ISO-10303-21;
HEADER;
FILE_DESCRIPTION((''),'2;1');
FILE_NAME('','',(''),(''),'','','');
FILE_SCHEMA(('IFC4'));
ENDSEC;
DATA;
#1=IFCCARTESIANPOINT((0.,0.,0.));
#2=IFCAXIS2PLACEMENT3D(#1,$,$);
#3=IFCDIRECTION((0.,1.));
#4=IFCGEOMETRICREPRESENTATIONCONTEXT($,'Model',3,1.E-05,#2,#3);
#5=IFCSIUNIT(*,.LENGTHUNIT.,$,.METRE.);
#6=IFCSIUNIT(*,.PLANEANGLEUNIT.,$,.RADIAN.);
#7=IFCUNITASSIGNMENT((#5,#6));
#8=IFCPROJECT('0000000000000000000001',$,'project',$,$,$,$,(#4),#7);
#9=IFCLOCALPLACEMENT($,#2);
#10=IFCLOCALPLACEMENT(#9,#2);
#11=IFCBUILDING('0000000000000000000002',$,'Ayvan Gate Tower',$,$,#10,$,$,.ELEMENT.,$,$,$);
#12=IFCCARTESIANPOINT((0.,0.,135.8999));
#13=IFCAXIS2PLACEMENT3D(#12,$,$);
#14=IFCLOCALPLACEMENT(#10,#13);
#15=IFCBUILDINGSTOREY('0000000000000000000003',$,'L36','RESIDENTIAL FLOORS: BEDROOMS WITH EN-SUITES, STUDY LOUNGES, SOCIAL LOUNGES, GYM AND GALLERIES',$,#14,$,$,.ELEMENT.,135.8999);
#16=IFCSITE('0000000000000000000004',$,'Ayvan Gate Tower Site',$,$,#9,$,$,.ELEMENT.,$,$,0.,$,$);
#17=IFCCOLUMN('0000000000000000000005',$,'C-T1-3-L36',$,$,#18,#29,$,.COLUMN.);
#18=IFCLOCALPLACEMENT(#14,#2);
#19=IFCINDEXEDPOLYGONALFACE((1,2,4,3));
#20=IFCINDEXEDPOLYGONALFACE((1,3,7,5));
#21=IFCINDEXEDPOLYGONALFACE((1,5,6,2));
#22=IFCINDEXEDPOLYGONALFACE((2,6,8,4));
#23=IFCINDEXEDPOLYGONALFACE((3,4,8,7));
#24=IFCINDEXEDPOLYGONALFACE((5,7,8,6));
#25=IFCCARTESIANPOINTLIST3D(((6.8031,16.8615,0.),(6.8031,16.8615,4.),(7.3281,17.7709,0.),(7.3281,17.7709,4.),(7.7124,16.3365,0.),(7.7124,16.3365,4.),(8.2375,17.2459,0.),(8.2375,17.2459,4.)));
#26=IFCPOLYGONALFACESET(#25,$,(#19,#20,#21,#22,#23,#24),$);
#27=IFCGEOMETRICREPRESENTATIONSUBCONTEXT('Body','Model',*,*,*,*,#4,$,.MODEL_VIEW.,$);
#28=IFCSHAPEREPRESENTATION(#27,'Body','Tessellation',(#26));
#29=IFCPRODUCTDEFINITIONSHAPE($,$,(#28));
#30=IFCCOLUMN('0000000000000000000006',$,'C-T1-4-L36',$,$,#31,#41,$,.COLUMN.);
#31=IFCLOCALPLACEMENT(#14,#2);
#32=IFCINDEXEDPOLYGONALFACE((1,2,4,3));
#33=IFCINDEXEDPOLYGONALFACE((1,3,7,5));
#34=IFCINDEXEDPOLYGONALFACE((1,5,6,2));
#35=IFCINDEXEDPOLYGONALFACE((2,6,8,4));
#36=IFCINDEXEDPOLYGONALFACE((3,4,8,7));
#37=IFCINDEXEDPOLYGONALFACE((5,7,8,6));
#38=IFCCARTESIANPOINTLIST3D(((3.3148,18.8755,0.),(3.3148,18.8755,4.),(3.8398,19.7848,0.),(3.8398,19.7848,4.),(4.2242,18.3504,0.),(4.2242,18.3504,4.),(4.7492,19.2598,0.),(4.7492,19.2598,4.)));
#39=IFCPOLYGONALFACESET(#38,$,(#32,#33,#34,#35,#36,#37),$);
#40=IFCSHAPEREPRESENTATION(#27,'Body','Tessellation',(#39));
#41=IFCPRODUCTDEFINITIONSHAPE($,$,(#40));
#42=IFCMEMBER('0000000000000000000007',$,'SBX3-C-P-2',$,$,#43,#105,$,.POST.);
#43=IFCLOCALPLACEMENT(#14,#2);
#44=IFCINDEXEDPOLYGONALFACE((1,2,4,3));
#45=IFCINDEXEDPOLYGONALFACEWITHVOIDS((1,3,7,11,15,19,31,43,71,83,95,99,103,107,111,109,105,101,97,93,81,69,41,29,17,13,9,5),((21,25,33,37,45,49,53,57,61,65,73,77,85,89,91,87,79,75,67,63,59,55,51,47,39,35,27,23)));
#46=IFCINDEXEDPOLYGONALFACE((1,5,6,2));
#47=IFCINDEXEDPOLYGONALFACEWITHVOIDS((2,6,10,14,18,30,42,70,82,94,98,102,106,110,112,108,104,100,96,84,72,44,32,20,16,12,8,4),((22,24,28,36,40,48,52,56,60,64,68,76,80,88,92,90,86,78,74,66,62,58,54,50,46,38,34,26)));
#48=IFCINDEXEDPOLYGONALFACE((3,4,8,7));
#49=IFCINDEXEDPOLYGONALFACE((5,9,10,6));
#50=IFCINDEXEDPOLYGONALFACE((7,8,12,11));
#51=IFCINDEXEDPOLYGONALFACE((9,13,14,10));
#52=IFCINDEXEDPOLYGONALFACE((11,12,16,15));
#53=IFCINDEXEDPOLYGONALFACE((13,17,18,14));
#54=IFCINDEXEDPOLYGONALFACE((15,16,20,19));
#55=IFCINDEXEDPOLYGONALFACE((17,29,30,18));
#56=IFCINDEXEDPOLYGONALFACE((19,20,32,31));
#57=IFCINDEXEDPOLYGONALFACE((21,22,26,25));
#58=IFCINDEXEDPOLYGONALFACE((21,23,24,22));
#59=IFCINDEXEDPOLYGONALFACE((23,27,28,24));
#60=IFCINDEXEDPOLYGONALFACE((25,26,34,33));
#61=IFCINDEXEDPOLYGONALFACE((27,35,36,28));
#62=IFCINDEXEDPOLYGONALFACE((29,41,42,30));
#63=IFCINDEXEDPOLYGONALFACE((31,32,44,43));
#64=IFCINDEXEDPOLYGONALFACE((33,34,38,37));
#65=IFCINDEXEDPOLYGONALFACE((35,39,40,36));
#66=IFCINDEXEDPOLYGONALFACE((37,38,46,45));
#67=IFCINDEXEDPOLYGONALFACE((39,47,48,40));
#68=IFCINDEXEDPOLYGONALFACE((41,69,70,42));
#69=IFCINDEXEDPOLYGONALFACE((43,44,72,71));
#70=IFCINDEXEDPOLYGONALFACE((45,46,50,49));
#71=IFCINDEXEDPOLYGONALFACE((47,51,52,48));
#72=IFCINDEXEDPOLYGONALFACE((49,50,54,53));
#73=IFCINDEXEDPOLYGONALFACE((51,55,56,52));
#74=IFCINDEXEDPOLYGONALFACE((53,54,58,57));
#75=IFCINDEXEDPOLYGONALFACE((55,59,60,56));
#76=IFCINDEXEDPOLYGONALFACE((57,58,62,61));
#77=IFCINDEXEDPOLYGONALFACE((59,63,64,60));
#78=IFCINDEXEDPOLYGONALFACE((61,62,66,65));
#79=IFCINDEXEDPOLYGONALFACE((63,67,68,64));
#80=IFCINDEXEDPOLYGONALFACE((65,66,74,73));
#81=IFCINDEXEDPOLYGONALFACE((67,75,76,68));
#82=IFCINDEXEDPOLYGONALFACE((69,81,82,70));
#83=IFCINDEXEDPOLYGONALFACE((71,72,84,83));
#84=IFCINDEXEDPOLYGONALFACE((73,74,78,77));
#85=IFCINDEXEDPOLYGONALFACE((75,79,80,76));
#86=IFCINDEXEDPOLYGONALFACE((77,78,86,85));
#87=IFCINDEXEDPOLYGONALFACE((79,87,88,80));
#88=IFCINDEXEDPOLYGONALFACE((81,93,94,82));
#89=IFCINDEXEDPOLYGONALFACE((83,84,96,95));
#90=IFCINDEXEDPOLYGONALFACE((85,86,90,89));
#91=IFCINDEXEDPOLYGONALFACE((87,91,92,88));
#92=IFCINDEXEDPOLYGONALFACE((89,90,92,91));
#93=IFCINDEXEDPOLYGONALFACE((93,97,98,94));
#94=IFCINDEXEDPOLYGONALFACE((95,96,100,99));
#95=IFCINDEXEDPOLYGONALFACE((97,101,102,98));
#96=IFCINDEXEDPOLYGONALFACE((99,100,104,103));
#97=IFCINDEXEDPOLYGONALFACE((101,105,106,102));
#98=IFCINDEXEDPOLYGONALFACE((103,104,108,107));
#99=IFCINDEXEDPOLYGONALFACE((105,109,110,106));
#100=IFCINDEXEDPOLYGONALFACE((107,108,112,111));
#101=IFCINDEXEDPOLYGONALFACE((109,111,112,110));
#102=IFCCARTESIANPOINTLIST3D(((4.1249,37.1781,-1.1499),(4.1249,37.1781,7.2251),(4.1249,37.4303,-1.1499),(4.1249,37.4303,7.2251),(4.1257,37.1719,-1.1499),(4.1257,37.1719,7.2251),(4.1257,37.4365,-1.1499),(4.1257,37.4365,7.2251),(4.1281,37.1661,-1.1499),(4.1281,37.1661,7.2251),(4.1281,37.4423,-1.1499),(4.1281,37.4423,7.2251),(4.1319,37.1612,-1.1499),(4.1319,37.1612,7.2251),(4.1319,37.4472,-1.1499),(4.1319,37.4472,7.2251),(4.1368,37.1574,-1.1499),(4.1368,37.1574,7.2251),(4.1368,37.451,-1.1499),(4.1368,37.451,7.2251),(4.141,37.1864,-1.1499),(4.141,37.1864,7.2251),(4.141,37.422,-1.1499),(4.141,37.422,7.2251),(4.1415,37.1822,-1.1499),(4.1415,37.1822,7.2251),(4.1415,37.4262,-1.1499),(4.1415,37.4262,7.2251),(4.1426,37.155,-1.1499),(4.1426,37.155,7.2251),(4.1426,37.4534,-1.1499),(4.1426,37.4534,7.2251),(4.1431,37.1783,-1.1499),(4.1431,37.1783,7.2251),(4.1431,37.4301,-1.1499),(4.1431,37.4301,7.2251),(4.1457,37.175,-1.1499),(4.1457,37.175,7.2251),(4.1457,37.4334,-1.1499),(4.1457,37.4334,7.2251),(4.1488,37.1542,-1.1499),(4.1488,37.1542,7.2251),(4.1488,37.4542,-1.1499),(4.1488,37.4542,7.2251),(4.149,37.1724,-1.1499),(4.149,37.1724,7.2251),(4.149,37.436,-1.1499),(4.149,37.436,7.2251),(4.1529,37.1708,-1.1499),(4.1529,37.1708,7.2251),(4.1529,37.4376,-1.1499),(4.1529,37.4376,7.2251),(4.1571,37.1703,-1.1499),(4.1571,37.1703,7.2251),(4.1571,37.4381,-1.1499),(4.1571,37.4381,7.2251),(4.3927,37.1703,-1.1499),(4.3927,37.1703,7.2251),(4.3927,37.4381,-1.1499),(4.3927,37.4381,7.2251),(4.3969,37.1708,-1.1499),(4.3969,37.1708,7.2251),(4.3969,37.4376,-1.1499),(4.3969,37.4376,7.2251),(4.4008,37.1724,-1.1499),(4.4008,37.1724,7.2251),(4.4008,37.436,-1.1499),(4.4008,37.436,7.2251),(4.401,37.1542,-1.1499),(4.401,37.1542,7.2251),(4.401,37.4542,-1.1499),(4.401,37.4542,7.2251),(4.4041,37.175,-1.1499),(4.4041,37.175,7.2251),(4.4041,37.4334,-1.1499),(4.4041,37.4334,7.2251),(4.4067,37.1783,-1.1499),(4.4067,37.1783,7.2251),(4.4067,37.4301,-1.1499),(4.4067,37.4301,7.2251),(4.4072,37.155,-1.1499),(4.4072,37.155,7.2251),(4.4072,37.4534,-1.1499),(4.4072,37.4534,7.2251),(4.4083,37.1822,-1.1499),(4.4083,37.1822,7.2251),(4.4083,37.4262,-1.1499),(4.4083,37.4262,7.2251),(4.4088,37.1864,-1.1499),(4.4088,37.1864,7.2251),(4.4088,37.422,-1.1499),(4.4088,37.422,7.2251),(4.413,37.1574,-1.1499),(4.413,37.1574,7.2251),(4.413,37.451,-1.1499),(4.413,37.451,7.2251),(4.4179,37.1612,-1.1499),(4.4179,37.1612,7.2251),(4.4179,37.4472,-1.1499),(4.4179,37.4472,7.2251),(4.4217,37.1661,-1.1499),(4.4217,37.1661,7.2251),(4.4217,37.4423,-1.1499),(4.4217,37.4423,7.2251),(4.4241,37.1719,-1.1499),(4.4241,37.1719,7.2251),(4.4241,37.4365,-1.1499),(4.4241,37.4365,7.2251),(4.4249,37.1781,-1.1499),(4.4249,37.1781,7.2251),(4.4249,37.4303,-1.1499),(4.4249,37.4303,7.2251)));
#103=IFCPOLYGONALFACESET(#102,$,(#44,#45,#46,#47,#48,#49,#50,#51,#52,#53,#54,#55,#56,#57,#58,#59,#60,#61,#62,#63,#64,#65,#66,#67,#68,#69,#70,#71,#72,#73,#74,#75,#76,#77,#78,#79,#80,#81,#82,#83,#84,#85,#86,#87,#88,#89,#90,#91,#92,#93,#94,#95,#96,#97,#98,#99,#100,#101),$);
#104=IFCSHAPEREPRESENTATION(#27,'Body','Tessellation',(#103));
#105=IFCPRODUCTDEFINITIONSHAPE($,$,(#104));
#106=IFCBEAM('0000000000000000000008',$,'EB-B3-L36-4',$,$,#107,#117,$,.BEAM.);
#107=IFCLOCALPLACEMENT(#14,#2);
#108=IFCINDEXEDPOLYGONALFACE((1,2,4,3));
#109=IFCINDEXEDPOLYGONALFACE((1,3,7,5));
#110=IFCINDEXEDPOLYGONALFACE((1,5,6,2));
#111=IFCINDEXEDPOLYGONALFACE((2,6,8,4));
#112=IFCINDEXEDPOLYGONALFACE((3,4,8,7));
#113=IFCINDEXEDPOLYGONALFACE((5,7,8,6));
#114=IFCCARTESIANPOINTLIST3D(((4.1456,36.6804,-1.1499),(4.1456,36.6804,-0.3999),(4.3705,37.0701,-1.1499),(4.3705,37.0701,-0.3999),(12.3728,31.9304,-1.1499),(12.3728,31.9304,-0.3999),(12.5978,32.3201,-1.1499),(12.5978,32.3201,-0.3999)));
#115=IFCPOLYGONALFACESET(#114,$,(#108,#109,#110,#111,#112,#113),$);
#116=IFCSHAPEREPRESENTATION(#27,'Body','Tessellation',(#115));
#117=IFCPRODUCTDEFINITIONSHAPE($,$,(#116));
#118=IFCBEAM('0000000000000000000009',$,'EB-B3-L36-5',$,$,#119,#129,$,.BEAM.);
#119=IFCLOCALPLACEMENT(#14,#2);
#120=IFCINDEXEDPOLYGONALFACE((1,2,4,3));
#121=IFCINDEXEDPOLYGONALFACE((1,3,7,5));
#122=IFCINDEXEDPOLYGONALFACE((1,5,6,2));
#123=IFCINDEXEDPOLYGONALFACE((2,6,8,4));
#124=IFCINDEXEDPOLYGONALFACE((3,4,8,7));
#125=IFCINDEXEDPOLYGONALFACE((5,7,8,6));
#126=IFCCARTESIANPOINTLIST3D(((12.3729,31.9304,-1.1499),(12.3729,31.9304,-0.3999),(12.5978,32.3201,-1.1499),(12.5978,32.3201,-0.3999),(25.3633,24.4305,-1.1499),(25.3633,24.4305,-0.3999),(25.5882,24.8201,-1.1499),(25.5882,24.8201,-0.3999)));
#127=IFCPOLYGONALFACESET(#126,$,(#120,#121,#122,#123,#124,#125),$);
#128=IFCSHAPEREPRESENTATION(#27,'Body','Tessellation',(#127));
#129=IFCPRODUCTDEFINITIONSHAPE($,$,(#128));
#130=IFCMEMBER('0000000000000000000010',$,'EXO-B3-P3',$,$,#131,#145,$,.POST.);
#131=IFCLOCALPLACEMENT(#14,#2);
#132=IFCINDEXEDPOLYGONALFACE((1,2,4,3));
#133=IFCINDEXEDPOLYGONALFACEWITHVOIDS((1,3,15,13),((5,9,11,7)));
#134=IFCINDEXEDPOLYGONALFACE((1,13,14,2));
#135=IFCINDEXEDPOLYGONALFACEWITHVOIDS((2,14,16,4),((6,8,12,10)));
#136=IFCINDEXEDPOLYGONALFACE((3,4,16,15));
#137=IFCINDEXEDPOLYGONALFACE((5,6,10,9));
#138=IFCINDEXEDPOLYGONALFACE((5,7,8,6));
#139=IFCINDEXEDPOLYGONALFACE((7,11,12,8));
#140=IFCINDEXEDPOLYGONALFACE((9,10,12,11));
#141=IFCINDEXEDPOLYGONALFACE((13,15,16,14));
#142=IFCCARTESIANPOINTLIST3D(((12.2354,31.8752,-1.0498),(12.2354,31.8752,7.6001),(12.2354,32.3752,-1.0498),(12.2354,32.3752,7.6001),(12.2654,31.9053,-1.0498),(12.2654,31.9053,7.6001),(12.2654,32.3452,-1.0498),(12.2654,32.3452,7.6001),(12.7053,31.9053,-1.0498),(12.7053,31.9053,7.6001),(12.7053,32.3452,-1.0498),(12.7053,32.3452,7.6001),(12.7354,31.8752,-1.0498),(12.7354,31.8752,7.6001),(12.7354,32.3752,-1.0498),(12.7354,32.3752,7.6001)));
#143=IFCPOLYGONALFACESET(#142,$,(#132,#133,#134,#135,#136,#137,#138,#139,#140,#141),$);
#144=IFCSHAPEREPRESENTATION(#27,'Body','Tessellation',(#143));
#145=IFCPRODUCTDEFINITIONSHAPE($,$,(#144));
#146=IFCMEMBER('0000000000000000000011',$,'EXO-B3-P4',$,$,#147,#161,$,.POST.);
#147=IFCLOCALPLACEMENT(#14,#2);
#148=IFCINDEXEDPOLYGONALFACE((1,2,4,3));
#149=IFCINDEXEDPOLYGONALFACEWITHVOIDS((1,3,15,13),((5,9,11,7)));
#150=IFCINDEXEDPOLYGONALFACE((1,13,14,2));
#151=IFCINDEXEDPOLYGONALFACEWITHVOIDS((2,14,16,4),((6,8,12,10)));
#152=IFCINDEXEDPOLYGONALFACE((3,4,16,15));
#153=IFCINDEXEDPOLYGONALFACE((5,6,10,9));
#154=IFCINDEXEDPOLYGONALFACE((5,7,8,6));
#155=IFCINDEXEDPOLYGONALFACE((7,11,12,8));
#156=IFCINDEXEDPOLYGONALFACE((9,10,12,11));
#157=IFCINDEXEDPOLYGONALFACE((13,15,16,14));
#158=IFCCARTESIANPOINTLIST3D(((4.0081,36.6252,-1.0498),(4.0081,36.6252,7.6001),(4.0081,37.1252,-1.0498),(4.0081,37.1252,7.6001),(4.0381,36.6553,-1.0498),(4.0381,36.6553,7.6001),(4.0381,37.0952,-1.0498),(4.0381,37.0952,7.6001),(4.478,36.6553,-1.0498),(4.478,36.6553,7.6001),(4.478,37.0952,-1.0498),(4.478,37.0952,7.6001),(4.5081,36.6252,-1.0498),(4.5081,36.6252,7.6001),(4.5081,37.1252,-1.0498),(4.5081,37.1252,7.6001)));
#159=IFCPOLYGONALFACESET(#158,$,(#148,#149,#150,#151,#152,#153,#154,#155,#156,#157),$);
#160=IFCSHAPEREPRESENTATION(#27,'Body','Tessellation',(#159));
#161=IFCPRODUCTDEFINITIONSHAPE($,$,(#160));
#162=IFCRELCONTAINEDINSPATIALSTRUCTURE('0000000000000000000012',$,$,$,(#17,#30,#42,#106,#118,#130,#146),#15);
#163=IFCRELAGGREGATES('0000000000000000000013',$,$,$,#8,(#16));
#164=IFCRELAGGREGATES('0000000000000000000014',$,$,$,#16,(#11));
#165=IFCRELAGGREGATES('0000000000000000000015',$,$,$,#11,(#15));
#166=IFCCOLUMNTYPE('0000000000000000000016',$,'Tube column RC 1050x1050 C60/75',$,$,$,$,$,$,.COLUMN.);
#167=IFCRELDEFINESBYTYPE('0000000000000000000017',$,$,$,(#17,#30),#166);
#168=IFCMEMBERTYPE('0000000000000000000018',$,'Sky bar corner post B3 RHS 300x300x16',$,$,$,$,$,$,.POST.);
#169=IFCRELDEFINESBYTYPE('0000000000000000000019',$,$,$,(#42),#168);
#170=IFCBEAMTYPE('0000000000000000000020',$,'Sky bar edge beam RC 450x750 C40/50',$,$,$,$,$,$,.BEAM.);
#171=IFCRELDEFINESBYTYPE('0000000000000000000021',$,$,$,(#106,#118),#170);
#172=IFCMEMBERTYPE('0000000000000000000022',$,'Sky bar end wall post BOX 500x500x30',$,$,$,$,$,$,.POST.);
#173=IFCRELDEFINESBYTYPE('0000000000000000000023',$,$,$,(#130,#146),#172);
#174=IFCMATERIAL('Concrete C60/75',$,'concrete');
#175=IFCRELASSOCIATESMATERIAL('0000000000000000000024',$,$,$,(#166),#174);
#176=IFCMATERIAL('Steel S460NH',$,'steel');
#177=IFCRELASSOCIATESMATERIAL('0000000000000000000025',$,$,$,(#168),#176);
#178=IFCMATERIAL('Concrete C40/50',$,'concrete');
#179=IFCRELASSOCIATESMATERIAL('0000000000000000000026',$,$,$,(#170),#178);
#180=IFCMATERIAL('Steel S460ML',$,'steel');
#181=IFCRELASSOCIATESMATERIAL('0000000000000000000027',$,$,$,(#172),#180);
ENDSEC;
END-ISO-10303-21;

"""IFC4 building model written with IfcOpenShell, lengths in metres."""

from ifc_helpers import new_model, si_unit, direction, frame, origin, origin_2d, place, context, subcontext, project, spatial, rectangle, hollow_rectangle, extrude, material, material_profile, profile_set, type_object, element, save


model = new_model("IFC4")

# Units and contexts
model_context = context("Model", 3, precision=1e-05, world=origin(), true_north=direction((0.0, 1.0)))
body_context = subcontext(model_context, "Body", "Model", "MODEL_VIEW")
ifc_project = project(units=[si_unit("LENGTHUNIT", "METRE"), si_unit("PLANEANGLEUNIT", "RADIAN")], contexts=[model_context])

# Site, building, storey
site_placement = place(None, origin())
site = spatial("IfcSite", under=ifc_project, at=site_placement, Name="Ayvan Gate Tower Site", CompositionType="ELEMENT", RefElevation=0.0)
building_placement = place(site_placement, origin())
building = spatial("IfcBuilding", under=site, at=building_placement, Name="Ayvan Gate Tower", CompositionType="ELEMENT")
storey_placement = place(building_placement, frame((0.0, 0.0, 135.8999)))
storey = spatial("IfcBuildingStorey", under=building, at=storey_placement, Name="L36", Description="RESIDENTIAL FLOORS: BEDROOMS WITH EN-SUITES, STUDY LOUNGES, SOCIAL LOUNGES, GYM AND GALLERIES", CompositionType="ELEMENT", Elevation=135.8999)

# Columns
ifc_material_1 = material(Name="Concrete C60/75", Category="concrete")
ifc_material_profile_1 = material_profile(ifc_material_1, rectangle(XDim=1.05, YDim=1.05, at=origin_2d()), Name="RC 1050x1050")
ifc_profile_set_1 = profile_set([ifc_material_profile_1], Name="Concrete C60/75")
column_type = type_object("IfcColumnType", Name="Tube column RC 1050x1050 C60/75", PredefinedType="COLUMN", material=ifc_profile_set_1)
for number, where, z_axis, x_axis, name in (
    (1, (7.5203, 17.0537, 0.0), (0.0, 0.0, 1.0), (0.5, 0.866025, 0.0), "C-T1-3-L36"),
    (2, (4.032, 19.0676, 0.0), (0.0, 0.0, 1.0), (0.5, 0.866025, 0.0), "C-T1-4-L36"),
):
    element("IfcColumn", number, at=place(storey_placement, frame(where, z_axis=z_axis, x_axis=x_axis)), inside=storey, type_object=column_type, Name=name, PredefinedType="COLUMN", context=body_context, shape_type="SweptSolid", body=[
        extrude(rectangle(XDim=1.05, YDim=1.05, at=origin_2d()), origin(), (0.0, 0.0, 1.0), 4.0),
    ])

# Member
ifc_material_2 = material(Name="Steel S460NH", Category="steel")
ifc_material_profile_2 = material_profile(ifc_material_2, hollow_rectangle(XDim=0.3, YDim=0.3, WallThickness=0.0161, InnerFilletRadius=0.0161, OuterFilletRadius=0.0239, at=origin_2d()), Name="RHS 300x300x16")
ifc_profile_set_2 = profile_set([ifc_material_profile_2], Name="Steel S460NH")
member_type_1 = type_object("IfcMemberType", Name="Sky bar corner post B3 RHS 300x300x16", PredefinedType="POST", material=ifc_profile_set_2)
member_1_placement = place(storey_placement, frame((4.2749, 37.3042, -1.1499), z_axis=(0.0, 0.0, 1.0), x_axis=(1.0, 0.0, 0.0)))
element("IfcMember", 3, at=member_1_placement, inside=storey, type_object=member_type_1, Name="SBX3-C-P-2", PredefinedType="POST", context=body_context, shape_type="SweptSolid", body=[
    extrude(hollow_rectangle(XDim=0.3, YDim=0.3, WallThickness=0.0161, InnerFilletRadius=0.0161, OuterFilletRadius=0.0239, at=origin_2d()), origin(), (0.0, 0.0, 1.0), 8.375),
])

# Beams
ifc_material_3 = material(Name="Concrete C40/50", Category="concrete")
ifc_material_profile_3 = material_profile(ifc_material_3, rectangle(XDim=0.45, YDim=0.75, at=origin_2d()), Name="RC 450x750")
ifc_profile_set_3 = profile_set([ifc_material_profile_3], Name="Concrete C40/50")
beam_type_1 = type_object("IfcBeamType", Name="Sky bar edge beam RC 450x750 C40/50", PredefinedType="BEAM", material=ifc_profile_set_3)
beam_1_placement = place(storey_placement, frame((4.2581, 36.8752, -0.7749), z_axis=(0.866027, -0.499998, 0.0), x_axis=(0.499998, 0.866027, 0.0)))
element("IfcBeam", 4, at=beam_1_placement, inside=storey, type_object=beam_type_1, Name="EB-B3-L36-4", PredefinedType="BEAM", context=body_context, shape_type="SweptSolid", body=[
    extrude(rectangle(XDim=0.45, YDim=0.75, at=origin_2d()), origin(), (0.0, 0.0, 1.0), 9.5),
])
beam_2_placement = place(storey_placement, frame((12.4854, 32.1252, -0.7749), z_axis=(0.866027, -0.499997, 0.0), x_axis=(0.499997, 0.866027, 0.0)))
element("IfcBeam", 5, at=beam_2_placement, inside=storey, type_object=beam_type_1, Name="EB-B3-L36-5", PredefinedType="BEAM", context=body_context, shape_type="SweptSolid", body=[
    extrude(rectangle(XDim=0.45, YDim=0.75, at=origin_2d()), origin(), (0.0, 0.0, 1.0), 15.0),
])

# Members
ifc_material_4 = material(Name="Steel S460ML", Category="steel")
ifc_material_profile_4 = material_profile(ifc_material_4, hollow_rectangle(XDim=0.5, YDim=0.5, WallThickness=0.03, at=origin_2d()), Name="BOX 500x500x30")
ifc_profile_set_4 = profile_set([ifc_material_profile_4], Name="Steel S460ML")
member_type_2 = type_object("IfcMemberType", Name="Sky bar end wall post BOX 500x500x30", PredefinedType="POST", material=ifc_profile_set_4)
for number, where, z_axis, x_axis, name in (
    (6, (12.4854, 32.1252, -1.0498), (0.0, 0.0, 1.0), (1.0, 0.0, 0.0), "EXO-B3-P3"),
    (7, (4.2581, 36.8752, -1.0498), (0.0, 0.0, 1.0), (1.0, 0.0, 0.0), "EXO-B3-P4"),
):
    element("IfcMember", number, at=place(storey_placement, frame(where, z_axis=z_axis, x_axis=x_axis)), inside=storey, type_object=member_type_2, Name=name, PredefinedType="POST", context=body_context, shape_type="SweptSolid", body=[
        extrude(hollow_rectangle(XDim=0.5, YDim=0.5, WallThickness=0.03, at=origin_2d()), origin(), (0.0, 0.0, 1.0), 8.6499),
    ])

save(model, "model.ifc")
